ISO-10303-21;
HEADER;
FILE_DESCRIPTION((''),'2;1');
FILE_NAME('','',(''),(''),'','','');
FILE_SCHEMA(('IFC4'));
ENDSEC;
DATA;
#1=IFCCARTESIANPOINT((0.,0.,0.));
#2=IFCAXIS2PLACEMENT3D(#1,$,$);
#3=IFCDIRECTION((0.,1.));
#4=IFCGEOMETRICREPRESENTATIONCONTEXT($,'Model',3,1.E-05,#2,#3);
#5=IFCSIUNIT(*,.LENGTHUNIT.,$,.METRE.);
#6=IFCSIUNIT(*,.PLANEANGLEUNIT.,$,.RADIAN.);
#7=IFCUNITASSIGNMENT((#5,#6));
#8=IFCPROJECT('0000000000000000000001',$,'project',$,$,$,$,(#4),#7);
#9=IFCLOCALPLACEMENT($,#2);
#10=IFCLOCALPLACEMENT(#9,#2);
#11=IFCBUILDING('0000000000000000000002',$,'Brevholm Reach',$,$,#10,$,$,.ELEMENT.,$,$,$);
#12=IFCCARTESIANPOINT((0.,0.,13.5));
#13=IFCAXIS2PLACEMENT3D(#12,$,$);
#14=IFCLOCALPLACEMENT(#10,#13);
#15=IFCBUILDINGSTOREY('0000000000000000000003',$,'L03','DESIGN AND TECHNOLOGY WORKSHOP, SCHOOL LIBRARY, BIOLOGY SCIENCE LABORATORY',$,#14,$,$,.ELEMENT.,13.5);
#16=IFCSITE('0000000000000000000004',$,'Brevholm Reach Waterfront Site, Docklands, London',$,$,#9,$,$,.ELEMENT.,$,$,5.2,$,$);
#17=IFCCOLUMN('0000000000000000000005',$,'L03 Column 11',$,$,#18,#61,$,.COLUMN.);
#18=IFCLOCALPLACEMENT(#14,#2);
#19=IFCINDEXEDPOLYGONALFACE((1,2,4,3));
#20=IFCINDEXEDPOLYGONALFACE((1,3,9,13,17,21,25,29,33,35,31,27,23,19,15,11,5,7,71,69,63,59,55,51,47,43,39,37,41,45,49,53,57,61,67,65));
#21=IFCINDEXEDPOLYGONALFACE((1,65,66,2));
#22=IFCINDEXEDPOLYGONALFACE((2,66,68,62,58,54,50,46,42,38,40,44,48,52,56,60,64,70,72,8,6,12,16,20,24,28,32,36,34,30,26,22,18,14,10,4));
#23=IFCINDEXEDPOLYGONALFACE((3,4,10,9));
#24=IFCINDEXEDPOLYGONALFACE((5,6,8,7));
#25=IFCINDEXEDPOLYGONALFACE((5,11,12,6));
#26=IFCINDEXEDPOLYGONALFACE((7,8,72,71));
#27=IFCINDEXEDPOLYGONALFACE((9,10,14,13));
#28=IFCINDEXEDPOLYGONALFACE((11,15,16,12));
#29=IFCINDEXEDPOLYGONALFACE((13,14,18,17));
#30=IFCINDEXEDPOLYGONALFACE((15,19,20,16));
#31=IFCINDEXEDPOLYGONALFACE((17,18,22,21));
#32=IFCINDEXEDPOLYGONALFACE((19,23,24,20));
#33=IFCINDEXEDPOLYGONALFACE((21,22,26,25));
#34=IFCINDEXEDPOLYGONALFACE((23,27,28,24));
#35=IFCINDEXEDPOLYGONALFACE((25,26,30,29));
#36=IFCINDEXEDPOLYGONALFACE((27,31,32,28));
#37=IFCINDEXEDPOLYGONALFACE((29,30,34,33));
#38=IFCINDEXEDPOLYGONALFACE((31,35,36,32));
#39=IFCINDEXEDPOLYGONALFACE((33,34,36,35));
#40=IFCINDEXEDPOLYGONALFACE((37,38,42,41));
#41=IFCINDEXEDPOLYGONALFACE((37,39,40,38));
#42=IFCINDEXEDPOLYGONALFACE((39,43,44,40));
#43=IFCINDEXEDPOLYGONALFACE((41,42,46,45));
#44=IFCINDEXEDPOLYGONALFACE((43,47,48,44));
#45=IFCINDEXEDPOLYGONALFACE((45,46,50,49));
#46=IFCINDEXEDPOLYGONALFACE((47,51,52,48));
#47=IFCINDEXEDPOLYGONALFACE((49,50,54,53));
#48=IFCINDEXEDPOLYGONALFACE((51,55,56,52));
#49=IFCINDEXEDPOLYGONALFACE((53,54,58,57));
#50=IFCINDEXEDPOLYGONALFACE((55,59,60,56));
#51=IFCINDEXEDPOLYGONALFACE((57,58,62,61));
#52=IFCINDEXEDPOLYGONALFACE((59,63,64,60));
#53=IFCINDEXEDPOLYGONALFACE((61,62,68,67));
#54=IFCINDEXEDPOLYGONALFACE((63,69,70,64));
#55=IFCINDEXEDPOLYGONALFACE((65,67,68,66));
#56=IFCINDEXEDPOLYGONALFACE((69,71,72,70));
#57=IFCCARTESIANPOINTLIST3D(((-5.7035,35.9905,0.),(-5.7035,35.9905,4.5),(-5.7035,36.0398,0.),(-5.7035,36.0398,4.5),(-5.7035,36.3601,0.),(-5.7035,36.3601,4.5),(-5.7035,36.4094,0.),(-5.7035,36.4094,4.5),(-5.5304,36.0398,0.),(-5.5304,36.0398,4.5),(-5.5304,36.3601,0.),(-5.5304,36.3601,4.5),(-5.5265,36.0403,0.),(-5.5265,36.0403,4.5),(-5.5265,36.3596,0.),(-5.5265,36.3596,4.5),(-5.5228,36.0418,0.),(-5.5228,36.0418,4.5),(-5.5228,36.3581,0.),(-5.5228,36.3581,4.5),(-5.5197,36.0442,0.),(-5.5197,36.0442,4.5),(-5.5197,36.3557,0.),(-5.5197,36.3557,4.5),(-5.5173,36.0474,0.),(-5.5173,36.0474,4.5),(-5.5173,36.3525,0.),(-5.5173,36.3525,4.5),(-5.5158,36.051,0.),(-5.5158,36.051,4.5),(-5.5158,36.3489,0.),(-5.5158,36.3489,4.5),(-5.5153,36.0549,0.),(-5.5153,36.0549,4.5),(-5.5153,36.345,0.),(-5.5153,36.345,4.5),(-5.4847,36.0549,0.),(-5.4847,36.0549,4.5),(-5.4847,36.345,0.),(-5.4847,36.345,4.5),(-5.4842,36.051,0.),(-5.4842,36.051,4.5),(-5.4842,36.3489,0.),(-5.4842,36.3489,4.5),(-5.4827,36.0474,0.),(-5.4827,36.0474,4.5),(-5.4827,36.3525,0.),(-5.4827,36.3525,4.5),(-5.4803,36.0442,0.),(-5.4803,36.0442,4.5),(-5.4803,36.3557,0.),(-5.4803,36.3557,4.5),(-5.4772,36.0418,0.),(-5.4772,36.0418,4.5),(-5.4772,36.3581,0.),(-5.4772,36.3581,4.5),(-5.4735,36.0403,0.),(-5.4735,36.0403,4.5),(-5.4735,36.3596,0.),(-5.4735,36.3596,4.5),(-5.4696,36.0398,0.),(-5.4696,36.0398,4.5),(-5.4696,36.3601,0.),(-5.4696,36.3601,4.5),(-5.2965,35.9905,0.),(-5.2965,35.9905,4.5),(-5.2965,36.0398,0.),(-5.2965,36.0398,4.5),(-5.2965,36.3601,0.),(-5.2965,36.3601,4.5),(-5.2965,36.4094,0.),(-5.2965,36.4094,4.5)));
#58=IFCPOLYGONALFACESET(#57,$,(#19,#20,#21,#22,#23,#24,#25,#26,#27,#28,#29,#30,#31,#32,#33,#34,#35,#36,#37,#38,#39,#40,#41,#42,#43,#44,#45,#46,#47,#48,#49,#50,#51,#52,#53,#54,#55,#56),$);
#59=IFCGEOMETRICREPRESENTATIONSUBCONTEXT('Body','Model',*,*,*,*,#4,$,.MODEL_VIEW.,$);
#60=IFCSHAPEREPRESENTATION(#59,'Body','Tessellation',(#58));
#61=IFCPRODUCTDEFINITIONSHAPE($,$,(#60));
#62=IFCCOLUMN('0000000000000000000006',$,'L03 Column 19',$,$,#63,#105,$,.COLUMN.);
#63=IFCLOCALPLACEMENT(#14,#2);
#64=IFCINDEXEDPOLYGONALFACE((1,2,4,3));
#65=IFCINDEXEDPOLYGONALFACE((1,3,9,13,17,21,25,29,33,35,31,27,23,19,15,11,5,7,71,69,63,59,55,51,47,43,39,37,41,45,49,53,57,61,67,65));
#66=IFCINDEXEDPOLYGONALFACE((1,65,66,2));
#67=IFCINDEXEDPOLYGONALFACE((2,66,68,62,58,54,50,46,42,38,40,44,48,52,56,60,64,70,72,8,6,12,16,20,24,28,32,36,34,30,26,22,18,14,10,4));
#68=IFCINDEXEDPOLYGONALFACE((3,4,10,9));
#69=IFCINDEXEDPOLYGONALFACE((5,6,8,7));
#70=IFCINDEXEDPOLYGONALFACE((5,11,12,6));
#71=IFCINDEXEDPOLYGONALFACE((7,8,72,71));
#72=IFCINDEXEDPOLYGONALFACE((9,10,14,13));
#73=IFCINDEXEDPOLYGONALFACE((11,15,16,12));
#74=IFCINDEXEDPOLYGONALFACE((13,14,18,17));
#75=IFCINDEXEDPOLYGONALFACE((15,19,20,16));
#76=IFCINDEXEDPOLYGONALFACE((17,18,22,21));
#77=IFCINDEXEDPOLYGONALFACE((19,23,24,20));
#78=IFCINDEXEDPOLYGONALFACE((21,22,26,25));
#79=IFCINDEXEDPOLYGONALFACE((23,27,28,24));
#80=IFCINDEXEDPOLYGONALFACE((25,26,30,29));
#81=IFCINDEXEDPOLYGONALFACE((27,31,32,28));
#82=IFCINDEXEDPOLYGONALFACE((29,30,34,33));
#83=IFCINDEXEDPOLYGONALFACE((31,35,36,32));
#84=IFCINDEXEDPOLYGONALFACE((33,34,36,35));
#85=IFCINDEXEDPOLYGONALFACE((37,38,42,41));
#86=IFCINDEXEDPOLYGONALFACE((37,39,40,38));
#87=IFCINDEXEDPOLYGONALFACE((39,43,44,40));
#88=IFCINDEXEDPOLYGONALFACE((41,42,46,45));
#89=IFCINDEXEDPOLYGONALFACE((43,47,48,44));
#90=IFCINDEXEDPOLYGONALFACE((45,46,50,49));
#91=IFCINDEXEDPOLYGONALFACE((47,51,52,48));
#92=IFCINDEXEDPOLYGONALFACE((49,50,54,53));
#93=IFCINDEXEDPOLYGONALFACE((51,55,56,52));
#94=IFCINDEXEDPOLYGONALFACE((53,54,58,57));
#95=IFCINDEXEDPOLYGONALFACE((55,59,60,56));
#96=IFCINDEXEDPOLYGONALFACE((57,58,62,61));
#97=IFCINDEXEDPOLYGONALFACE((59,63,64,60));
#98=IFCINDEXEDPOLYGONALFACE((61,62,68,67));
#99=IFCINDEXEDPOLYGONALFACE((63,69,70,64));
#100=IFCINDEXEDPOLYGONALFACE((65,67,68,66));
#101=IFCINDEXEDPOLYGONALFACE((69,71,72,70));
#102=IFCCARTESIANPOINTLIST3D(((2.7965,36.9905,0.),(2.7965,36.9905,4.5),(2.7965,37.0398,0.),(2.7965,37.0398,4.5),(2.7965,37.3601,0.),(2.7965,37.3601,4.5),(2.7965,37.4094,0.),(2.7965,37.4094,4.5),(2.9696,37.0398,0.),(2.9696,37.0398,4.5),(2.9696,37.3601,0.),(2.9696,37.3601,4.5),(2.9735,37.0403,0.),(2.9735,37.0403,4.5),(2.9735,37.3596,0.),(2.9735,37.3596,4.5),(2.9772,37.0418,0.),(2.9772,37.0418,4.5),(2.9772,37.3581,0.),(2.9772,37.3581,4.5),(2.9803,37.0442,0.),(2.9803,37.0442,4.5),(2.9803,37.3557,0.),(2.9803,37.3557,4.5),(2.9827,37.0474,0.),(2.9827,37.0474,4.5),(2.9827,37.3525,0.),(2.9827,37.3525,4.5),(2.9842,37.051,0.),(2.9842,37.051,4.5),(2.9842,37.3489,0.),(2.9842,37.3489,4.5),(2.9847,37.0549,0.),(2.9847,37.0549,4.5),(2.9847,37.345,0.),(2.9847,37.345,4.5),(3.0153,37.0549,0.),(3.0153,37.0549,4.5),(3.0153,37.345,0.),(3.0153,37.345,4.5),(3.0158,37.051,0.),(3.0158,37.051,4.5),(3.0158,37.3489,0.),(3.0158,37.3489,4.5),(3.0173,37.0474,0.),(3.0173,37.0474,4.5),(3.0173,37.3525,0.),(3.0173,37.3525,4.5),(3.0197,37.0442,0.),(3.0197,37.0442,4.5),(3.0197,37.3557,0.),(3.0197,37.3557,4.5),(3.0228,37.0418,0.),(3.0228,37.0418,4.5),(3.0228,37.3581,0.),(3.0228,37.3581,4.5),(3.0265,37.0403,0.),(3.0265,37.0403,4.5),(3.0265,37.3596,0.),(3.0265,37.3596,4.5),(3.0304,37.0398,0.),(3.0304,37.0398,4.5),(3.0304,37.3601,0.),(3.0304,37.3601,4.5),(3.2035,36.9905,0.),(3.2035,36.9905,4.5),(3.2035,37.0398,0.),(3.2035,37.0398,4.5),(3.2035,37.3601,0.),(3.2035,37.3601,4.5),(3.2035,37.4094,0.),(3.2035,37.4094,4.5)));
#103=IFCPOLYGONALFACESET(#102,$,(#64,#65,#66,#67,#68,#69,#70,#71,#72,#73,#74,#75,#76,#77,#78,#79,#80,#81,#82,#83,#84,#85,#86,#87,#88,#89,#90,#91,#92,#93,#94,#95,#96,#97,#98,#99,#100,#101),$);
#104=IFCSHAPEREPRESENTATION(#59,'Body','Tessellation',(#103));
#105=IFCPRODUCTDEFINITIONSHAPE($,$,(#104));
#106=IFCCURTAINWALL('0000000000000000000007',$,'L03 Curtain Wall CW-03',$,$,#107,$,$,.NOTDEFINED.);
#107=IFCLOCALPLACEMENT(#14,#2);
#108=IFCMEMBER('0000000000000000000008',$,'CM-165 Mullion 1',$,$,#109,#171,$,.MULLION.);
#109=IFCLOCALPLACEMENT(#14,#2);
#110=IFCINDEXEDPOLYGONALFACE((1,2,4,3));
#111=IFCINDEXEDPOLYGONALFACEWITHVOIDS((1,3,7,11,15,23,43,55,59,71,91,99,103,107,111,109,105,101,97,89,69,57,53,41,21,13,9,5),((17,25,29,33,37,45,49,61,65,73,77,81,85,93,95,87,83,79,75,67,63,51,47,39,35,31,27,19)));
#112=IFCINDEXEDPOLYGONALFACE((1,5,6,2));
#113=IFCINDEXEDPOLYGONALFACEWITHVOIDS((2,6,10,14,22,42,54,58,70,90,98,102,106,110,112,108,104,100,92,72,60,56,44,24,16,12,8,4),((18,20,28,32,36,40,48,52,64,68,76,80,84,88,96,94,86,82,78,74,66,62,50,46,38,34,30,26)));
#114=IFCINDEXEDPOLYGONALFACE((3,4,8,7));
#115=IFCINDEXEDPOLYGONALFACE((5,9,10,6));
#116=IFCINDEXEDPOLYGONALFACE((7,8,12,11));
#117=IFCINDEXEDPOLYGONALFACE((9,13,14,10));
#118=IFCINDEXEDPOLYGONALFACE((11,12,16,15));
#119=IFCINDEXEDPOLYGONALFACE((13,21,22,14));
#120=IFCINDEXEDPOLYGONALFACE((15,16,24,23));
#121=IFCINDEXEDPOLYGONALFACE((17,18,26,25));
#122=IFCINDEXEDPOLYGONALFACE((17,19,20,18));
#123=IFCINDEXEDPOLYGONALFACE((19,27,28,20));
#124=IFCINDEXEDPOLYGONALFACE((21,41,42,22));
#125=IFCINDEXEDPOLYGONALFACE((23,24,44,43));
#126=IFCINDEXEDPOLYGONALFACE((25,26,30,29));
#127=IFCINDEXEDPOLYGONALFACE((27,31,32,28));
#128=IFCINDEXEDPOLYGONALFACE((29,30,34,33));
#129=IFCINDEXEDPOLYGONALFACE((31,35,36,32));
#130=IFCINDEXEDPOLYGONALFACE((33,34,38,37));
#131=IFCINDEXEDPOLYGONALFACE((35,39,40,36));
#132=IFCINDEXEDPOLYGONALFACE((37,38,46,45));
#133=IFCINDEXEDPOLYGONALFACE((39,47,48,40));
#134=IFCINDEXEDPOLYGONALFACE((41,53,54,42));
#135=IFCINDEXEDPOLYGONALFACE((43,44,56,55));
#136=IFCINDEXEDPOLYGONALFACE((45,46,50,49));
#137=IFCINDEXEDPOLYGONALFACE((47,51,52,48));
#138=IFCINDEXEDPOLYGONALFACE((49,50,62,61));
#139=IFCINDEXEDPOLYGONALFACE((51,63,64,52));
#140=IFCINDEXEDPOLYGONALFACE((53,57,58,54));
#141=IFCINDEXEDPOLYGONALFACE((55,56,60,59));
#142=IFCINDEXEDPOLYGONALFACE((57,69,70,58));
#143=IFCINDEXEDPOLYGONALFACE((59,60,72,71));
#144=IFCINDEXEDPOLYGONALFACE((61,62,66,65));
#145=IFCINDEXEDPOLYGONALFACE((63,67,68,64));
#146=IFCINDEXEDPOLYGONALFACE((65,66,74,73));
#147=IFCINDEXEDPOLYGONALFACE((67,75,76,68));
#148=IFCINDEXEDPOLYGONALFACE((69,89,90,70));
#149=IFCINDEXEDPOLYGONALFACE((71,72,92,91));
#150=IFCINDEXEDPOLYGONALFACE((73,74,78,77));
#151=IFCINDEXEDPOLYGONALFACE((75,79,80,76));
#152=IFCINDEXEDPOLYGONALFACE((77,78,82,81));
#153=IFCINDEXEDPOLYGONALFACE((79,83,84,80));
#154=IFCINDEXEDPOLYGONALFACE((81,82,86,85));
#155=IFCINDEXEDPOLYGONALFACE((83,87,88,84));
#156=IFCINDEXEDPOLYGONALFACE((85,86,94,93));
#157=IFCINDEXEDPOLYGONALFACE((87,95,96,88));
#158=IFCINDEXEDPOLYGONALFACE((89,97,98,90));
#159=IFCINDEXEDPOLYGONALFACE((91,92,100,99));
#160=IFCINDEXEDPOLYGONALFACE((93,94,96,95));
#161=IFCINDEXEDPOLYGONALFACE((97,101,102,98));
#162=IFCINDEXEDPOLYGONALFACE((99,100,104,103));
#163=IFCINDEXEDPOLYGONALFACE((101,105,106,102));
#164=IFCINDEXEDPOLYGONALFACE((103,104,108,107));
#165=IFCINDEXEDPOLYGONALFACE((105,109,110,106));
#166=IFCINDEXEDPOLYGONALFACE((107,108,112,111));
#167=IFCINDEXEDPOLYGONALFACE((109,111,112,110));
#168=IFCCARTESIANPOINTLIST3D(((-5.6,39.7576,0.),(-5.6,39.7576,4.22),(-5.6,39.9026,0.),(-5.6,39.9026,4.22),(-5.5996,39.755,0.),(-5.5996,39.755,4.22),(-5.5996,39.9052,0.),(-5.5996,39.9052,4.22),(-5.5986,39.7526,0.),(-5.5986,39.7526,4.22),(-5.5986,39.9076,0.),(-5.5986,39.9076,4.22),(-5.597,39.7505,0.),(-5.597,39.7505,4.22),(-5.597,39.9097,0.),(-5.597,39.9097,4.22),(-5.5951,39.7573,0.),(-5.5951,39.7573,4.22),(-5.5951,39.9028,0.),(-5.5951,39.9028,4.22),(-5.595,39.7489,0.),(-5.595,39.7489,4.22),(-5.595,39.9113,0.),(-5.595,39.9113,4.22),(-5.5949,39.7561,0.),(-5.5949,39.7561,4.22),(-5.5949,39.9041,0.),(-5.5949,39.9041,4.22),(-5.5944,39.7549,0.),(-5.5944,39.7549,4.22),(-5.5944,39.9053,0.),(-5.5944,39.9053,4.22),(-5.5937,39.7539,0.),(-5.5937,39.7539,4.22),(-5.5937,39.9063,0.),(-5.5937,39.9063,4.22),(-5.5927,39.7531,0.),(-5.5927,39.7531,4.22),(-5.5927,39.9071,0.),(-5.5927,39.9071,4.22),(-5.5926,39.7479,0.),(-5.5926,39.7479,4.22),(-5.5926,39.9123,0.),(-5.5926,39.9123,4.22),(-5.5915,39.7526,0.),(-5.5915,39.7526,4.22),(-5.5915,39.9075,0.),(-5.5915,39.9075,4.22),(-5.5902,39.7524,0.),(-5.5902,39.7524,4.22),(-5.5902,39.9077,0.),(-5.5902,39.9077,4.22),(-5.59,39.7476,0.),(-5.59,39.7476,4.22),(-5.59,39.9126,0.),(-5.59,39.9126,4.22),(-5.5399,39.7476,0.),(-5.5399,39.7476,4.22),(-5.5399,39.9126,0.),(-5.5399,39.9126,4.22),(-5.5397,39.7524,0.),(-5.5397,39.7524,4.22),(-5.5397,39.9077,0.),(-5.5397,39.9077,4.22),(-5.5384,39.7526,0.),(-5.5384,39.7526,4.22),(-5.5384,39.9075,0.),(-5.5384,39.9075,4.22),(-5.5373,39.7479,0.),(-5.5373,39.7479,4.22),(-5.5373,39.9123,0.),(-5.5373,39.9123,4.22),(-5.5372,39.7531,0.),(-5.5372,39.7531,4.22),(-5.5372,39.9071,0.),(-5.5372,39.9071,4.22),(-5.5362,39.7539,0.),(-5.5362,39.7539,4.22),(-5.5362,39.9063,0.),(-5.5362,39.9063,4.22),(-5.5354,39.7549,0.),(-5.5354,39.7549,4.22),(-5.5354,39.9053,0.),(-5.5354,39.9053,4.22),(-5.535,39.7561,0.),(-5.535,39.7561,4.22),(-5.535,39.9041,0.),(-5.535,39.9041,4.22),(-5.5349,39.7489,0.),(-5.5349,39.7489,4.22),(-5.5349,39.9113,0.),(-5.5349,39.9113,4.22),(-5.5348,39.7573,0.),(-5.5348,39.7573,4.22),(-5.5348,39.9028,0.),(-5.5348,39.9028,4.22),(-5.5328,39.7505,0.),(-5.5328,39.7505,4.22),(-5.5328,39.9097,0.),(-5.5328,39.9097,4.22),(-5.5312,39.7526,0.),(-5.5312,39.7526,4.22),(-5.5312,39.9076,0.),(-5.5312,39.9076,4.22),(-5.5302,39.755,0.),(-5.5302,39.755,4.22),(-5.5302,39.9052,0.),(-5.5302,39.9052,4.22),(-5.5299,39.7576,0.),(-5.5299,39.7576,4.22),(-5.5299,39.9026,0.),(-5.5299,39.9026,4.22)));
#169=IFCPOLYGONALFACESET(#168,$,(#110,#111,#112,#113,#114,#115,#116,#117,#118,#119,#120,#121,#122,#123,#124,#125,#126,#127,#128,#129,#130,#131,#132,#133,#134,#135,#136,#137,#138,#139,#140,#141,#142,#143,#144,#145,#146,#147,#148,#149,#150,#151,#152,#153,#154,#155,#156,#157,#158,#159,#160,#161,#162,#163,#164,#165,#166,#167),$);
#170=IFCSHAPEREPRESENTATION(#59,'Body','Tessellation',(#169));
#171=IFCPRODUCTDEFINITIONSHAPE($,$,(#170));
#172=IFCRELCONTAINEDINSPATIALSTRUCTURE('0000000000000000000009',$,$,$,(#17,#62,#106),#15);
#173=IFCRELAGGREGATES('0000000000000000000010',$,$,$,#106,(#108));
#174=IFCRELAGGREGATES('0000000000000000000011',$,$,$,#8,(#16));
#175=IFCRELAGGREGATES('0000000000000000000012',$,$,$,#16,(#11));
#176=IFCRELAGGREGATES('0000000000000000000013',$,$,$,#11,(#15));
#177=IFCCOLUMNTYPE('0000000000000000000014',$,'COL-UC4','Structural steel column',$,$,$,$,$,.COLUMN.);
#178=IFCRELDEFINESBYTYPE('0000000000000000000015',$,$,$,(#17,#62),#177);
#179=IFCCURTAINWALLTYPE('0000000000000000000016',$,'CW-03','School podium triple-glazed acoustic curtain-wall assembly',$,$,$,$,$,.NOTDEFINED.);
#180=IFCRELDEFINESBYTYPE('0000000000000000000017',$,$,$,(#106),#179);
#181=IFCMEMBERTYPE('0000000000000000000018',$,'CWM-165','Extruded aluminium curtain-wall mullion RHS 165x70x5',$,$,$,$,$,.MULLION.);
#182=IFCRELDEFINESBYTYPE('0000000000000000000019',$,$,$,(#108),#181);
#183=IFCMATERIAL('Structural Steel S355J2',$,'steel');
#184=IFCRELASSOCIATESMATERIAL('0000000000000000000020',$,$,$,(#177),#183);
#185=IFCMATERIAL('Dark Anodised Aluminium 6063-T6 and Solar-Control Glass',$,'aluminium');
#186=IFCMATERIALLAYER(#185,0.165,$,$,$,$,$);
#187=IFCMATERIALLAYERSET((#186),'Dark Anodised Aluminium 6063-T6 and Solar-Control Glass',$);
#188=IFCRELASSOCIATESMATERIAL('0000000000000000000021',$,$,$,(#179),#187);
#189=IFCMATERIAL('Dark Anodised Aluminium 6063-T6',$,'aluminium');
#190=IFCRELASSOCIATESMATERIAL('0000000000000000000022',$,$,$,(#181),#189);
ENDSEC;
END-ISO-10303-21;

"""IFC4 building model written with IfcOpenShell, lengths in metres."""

from ifc_helpers import new_model, si_unit, direction, frame, origin, origin_2d, place, context, subcontext, project, spatial, hollow_rectangle, i_section, extrude, material, layer, layer_set, material_profile, profile_set, type_object, element, aggregate, save


model = new_model("IFC4")

# Units and contexts
model_context = context("Model", 3, precision=1e-05, world=origin(), true_north=direction((0.0, 1.0)))
body_context = subcontext(model_context, "Body", "Model", "MODEL_VIEW")
ifc_project = project(units=[si_unit("LENGTHUNIT", "METRE"), si_unit("PLANEANGLEUNIT", "RADIAN")], contexts=[model_context])

# Site, building, storey
site_placement = place(None, origin())
site = spatial("IfcSite", under=ifc_project, at=site_placement, Name="Brevholm Reach Waterfront Site, Docklands, London", CompositionType="ELEMENT", RefElevation=5.2)
building_placement = place(site_placement, origin())
building = spatial("IfcBuilding", under=site, at=building_placement, Name="Brevholm Reach", CompositionType="ELEMENT")
storey_placement = place(building_placement, frame((0.0, 0.0, 13.5)))
storey = spatial("IfcBuildingStorey", under=building, at=storey_placement, Name="L03", Description="DESIGN AND TECHNOLOGY WORKSHOP, SCHOOL LIBRARY, BIOLOGY SCIENCE LABORATORY", CompositionType="ELEMENT", Elevation=13.5)

# Columns
ifc_material_1 = material(Name="Structural Steel S355J2", Category="steel")
ifc_material_profile_1 = material_profile(ifc_material_1, i_section(OverallWidth=0.407, OverallDepth=0.4189, WebThickness=0.0305, FlangeThickness=0.0493, FilletRadius=0.0151, at=origin_2d()), Name="UKC 356x406x393")
ifc_profile_set_1 = profile_set([ifc_material_profile_1], Name="Structural Steel S355J2")
column_type = type_object("IfcColumnType", Name="COL-UC4", Description="Structural steel column", PredefinedType="COLUMN", material=ifc_profile_set_1)
for number, where, z_axis, x_axis, name in (
    (1, (-5.5, 36.2, 0.0), (0.0, 0.0, 1.0), (1.0, 0.0, 0.0), "L03 Column 11"),
    (2, (3.0, 37.2, 0.0), (0.0, 0.0, 1.0), (1.0, 0.0, 0.0), "L03 Column 19"),
):
    element("IfcColumn", number, at=place(storey_placement, frame(where, z_axis=z_axis, x_axis=x_axis)), inside=storey, type_object=column_type, Name=name, PredefinedType="COLUMN", context=body_context, shape_type="SweptSolid", body=[
        extrude(i_section(OverallWidth=0.407, OverallDepth=0.4189, WebThickness=0.0305, FlangeThickness=0.0493, FilletRadius=0.0151, at=origin_2d()), origin(), (0.0, 0.0, 1.0), 4.5),
    ])

# Curtain wall, member
ifc_material_2 = material(Name="Dark Anodised Aluminium 6063-T6 and Solar-Control Glass", Category="aluminium")
ifc_layer_1 = layer(ifc_material_2, 0.165)
ifc_layer_set_1 = layer_set([ifc_layer_1], Name="Dark Anodised Aluminium 6063-T6 and Solar-Control Glass")
curtain_wall_type = type_object("IfcCurtainWallType", Name="CW-03", Description="School podium triple-glazed acoustic curtain-wall assembly", PredefinedType="NOTDEFINED", material=ifc_layer_set_1)
curtain_wall_placement = place(storey_placement, origin())
curtain_wall = element("IfcCurtainWall", 3, at=curtain_wall_placement, inside=storey, type_object=curtain_wall_type, Name="L03 Curtain Wall CW-03", PredefinedType="NOTDEFINED")
ifc_material_3 = material(Name="Dark Anodised Aluminium 6063-T6", Category="aluminium")
ifc_material_profile_2 = material_profile(ifc_material_3, hollow_rectangle(XDim=0.0701, YDim=0.165, WallThickness=0.0049, InnerFilletRadius=0.0049, OuterFilletRadius=0.01, at=origin_2d()), Name="RHS 165x70x5")
ifc_profile_set_2 = profile_set([ifc_material_profile_2], Name="Dark Anodised Aluminium 6063-T6")
member_type_1 = type_object("IfcMemberType", Name="CWM-165", Description="Extruded aluminium curtain-wall mullion RHS 165x70x5", PredefinedType="MULLION", material=ifc_profile_set_2)
member_1_placement = place(storey_placement, frame((-5.5649, 39.8301, 0.0), z_axis=(0.0, 0.0, 1.0), x_axis=(1.0, 0.0, 0.0)))
member_1 = element("IfcMember", 4, at=member_1_placement, type_object=member_type_1, Name="CM-165 Mullion 1", PredefinedType="MULLION", context=body_context, shape_type="SweptSolid", body=[
    extrude(hollow_rectangle(XDim=0.0701, YDim=0.165, WallThickness=0.0049, InnerFilletRadius=0.0049, OuterFilletRadius=0.01, at=origin_2d()), origin(), (0.0, 0.0, 1.0), 4.22),
])
aggregate(curtain_wall, [member_1])

save(model, "model.ifc")
